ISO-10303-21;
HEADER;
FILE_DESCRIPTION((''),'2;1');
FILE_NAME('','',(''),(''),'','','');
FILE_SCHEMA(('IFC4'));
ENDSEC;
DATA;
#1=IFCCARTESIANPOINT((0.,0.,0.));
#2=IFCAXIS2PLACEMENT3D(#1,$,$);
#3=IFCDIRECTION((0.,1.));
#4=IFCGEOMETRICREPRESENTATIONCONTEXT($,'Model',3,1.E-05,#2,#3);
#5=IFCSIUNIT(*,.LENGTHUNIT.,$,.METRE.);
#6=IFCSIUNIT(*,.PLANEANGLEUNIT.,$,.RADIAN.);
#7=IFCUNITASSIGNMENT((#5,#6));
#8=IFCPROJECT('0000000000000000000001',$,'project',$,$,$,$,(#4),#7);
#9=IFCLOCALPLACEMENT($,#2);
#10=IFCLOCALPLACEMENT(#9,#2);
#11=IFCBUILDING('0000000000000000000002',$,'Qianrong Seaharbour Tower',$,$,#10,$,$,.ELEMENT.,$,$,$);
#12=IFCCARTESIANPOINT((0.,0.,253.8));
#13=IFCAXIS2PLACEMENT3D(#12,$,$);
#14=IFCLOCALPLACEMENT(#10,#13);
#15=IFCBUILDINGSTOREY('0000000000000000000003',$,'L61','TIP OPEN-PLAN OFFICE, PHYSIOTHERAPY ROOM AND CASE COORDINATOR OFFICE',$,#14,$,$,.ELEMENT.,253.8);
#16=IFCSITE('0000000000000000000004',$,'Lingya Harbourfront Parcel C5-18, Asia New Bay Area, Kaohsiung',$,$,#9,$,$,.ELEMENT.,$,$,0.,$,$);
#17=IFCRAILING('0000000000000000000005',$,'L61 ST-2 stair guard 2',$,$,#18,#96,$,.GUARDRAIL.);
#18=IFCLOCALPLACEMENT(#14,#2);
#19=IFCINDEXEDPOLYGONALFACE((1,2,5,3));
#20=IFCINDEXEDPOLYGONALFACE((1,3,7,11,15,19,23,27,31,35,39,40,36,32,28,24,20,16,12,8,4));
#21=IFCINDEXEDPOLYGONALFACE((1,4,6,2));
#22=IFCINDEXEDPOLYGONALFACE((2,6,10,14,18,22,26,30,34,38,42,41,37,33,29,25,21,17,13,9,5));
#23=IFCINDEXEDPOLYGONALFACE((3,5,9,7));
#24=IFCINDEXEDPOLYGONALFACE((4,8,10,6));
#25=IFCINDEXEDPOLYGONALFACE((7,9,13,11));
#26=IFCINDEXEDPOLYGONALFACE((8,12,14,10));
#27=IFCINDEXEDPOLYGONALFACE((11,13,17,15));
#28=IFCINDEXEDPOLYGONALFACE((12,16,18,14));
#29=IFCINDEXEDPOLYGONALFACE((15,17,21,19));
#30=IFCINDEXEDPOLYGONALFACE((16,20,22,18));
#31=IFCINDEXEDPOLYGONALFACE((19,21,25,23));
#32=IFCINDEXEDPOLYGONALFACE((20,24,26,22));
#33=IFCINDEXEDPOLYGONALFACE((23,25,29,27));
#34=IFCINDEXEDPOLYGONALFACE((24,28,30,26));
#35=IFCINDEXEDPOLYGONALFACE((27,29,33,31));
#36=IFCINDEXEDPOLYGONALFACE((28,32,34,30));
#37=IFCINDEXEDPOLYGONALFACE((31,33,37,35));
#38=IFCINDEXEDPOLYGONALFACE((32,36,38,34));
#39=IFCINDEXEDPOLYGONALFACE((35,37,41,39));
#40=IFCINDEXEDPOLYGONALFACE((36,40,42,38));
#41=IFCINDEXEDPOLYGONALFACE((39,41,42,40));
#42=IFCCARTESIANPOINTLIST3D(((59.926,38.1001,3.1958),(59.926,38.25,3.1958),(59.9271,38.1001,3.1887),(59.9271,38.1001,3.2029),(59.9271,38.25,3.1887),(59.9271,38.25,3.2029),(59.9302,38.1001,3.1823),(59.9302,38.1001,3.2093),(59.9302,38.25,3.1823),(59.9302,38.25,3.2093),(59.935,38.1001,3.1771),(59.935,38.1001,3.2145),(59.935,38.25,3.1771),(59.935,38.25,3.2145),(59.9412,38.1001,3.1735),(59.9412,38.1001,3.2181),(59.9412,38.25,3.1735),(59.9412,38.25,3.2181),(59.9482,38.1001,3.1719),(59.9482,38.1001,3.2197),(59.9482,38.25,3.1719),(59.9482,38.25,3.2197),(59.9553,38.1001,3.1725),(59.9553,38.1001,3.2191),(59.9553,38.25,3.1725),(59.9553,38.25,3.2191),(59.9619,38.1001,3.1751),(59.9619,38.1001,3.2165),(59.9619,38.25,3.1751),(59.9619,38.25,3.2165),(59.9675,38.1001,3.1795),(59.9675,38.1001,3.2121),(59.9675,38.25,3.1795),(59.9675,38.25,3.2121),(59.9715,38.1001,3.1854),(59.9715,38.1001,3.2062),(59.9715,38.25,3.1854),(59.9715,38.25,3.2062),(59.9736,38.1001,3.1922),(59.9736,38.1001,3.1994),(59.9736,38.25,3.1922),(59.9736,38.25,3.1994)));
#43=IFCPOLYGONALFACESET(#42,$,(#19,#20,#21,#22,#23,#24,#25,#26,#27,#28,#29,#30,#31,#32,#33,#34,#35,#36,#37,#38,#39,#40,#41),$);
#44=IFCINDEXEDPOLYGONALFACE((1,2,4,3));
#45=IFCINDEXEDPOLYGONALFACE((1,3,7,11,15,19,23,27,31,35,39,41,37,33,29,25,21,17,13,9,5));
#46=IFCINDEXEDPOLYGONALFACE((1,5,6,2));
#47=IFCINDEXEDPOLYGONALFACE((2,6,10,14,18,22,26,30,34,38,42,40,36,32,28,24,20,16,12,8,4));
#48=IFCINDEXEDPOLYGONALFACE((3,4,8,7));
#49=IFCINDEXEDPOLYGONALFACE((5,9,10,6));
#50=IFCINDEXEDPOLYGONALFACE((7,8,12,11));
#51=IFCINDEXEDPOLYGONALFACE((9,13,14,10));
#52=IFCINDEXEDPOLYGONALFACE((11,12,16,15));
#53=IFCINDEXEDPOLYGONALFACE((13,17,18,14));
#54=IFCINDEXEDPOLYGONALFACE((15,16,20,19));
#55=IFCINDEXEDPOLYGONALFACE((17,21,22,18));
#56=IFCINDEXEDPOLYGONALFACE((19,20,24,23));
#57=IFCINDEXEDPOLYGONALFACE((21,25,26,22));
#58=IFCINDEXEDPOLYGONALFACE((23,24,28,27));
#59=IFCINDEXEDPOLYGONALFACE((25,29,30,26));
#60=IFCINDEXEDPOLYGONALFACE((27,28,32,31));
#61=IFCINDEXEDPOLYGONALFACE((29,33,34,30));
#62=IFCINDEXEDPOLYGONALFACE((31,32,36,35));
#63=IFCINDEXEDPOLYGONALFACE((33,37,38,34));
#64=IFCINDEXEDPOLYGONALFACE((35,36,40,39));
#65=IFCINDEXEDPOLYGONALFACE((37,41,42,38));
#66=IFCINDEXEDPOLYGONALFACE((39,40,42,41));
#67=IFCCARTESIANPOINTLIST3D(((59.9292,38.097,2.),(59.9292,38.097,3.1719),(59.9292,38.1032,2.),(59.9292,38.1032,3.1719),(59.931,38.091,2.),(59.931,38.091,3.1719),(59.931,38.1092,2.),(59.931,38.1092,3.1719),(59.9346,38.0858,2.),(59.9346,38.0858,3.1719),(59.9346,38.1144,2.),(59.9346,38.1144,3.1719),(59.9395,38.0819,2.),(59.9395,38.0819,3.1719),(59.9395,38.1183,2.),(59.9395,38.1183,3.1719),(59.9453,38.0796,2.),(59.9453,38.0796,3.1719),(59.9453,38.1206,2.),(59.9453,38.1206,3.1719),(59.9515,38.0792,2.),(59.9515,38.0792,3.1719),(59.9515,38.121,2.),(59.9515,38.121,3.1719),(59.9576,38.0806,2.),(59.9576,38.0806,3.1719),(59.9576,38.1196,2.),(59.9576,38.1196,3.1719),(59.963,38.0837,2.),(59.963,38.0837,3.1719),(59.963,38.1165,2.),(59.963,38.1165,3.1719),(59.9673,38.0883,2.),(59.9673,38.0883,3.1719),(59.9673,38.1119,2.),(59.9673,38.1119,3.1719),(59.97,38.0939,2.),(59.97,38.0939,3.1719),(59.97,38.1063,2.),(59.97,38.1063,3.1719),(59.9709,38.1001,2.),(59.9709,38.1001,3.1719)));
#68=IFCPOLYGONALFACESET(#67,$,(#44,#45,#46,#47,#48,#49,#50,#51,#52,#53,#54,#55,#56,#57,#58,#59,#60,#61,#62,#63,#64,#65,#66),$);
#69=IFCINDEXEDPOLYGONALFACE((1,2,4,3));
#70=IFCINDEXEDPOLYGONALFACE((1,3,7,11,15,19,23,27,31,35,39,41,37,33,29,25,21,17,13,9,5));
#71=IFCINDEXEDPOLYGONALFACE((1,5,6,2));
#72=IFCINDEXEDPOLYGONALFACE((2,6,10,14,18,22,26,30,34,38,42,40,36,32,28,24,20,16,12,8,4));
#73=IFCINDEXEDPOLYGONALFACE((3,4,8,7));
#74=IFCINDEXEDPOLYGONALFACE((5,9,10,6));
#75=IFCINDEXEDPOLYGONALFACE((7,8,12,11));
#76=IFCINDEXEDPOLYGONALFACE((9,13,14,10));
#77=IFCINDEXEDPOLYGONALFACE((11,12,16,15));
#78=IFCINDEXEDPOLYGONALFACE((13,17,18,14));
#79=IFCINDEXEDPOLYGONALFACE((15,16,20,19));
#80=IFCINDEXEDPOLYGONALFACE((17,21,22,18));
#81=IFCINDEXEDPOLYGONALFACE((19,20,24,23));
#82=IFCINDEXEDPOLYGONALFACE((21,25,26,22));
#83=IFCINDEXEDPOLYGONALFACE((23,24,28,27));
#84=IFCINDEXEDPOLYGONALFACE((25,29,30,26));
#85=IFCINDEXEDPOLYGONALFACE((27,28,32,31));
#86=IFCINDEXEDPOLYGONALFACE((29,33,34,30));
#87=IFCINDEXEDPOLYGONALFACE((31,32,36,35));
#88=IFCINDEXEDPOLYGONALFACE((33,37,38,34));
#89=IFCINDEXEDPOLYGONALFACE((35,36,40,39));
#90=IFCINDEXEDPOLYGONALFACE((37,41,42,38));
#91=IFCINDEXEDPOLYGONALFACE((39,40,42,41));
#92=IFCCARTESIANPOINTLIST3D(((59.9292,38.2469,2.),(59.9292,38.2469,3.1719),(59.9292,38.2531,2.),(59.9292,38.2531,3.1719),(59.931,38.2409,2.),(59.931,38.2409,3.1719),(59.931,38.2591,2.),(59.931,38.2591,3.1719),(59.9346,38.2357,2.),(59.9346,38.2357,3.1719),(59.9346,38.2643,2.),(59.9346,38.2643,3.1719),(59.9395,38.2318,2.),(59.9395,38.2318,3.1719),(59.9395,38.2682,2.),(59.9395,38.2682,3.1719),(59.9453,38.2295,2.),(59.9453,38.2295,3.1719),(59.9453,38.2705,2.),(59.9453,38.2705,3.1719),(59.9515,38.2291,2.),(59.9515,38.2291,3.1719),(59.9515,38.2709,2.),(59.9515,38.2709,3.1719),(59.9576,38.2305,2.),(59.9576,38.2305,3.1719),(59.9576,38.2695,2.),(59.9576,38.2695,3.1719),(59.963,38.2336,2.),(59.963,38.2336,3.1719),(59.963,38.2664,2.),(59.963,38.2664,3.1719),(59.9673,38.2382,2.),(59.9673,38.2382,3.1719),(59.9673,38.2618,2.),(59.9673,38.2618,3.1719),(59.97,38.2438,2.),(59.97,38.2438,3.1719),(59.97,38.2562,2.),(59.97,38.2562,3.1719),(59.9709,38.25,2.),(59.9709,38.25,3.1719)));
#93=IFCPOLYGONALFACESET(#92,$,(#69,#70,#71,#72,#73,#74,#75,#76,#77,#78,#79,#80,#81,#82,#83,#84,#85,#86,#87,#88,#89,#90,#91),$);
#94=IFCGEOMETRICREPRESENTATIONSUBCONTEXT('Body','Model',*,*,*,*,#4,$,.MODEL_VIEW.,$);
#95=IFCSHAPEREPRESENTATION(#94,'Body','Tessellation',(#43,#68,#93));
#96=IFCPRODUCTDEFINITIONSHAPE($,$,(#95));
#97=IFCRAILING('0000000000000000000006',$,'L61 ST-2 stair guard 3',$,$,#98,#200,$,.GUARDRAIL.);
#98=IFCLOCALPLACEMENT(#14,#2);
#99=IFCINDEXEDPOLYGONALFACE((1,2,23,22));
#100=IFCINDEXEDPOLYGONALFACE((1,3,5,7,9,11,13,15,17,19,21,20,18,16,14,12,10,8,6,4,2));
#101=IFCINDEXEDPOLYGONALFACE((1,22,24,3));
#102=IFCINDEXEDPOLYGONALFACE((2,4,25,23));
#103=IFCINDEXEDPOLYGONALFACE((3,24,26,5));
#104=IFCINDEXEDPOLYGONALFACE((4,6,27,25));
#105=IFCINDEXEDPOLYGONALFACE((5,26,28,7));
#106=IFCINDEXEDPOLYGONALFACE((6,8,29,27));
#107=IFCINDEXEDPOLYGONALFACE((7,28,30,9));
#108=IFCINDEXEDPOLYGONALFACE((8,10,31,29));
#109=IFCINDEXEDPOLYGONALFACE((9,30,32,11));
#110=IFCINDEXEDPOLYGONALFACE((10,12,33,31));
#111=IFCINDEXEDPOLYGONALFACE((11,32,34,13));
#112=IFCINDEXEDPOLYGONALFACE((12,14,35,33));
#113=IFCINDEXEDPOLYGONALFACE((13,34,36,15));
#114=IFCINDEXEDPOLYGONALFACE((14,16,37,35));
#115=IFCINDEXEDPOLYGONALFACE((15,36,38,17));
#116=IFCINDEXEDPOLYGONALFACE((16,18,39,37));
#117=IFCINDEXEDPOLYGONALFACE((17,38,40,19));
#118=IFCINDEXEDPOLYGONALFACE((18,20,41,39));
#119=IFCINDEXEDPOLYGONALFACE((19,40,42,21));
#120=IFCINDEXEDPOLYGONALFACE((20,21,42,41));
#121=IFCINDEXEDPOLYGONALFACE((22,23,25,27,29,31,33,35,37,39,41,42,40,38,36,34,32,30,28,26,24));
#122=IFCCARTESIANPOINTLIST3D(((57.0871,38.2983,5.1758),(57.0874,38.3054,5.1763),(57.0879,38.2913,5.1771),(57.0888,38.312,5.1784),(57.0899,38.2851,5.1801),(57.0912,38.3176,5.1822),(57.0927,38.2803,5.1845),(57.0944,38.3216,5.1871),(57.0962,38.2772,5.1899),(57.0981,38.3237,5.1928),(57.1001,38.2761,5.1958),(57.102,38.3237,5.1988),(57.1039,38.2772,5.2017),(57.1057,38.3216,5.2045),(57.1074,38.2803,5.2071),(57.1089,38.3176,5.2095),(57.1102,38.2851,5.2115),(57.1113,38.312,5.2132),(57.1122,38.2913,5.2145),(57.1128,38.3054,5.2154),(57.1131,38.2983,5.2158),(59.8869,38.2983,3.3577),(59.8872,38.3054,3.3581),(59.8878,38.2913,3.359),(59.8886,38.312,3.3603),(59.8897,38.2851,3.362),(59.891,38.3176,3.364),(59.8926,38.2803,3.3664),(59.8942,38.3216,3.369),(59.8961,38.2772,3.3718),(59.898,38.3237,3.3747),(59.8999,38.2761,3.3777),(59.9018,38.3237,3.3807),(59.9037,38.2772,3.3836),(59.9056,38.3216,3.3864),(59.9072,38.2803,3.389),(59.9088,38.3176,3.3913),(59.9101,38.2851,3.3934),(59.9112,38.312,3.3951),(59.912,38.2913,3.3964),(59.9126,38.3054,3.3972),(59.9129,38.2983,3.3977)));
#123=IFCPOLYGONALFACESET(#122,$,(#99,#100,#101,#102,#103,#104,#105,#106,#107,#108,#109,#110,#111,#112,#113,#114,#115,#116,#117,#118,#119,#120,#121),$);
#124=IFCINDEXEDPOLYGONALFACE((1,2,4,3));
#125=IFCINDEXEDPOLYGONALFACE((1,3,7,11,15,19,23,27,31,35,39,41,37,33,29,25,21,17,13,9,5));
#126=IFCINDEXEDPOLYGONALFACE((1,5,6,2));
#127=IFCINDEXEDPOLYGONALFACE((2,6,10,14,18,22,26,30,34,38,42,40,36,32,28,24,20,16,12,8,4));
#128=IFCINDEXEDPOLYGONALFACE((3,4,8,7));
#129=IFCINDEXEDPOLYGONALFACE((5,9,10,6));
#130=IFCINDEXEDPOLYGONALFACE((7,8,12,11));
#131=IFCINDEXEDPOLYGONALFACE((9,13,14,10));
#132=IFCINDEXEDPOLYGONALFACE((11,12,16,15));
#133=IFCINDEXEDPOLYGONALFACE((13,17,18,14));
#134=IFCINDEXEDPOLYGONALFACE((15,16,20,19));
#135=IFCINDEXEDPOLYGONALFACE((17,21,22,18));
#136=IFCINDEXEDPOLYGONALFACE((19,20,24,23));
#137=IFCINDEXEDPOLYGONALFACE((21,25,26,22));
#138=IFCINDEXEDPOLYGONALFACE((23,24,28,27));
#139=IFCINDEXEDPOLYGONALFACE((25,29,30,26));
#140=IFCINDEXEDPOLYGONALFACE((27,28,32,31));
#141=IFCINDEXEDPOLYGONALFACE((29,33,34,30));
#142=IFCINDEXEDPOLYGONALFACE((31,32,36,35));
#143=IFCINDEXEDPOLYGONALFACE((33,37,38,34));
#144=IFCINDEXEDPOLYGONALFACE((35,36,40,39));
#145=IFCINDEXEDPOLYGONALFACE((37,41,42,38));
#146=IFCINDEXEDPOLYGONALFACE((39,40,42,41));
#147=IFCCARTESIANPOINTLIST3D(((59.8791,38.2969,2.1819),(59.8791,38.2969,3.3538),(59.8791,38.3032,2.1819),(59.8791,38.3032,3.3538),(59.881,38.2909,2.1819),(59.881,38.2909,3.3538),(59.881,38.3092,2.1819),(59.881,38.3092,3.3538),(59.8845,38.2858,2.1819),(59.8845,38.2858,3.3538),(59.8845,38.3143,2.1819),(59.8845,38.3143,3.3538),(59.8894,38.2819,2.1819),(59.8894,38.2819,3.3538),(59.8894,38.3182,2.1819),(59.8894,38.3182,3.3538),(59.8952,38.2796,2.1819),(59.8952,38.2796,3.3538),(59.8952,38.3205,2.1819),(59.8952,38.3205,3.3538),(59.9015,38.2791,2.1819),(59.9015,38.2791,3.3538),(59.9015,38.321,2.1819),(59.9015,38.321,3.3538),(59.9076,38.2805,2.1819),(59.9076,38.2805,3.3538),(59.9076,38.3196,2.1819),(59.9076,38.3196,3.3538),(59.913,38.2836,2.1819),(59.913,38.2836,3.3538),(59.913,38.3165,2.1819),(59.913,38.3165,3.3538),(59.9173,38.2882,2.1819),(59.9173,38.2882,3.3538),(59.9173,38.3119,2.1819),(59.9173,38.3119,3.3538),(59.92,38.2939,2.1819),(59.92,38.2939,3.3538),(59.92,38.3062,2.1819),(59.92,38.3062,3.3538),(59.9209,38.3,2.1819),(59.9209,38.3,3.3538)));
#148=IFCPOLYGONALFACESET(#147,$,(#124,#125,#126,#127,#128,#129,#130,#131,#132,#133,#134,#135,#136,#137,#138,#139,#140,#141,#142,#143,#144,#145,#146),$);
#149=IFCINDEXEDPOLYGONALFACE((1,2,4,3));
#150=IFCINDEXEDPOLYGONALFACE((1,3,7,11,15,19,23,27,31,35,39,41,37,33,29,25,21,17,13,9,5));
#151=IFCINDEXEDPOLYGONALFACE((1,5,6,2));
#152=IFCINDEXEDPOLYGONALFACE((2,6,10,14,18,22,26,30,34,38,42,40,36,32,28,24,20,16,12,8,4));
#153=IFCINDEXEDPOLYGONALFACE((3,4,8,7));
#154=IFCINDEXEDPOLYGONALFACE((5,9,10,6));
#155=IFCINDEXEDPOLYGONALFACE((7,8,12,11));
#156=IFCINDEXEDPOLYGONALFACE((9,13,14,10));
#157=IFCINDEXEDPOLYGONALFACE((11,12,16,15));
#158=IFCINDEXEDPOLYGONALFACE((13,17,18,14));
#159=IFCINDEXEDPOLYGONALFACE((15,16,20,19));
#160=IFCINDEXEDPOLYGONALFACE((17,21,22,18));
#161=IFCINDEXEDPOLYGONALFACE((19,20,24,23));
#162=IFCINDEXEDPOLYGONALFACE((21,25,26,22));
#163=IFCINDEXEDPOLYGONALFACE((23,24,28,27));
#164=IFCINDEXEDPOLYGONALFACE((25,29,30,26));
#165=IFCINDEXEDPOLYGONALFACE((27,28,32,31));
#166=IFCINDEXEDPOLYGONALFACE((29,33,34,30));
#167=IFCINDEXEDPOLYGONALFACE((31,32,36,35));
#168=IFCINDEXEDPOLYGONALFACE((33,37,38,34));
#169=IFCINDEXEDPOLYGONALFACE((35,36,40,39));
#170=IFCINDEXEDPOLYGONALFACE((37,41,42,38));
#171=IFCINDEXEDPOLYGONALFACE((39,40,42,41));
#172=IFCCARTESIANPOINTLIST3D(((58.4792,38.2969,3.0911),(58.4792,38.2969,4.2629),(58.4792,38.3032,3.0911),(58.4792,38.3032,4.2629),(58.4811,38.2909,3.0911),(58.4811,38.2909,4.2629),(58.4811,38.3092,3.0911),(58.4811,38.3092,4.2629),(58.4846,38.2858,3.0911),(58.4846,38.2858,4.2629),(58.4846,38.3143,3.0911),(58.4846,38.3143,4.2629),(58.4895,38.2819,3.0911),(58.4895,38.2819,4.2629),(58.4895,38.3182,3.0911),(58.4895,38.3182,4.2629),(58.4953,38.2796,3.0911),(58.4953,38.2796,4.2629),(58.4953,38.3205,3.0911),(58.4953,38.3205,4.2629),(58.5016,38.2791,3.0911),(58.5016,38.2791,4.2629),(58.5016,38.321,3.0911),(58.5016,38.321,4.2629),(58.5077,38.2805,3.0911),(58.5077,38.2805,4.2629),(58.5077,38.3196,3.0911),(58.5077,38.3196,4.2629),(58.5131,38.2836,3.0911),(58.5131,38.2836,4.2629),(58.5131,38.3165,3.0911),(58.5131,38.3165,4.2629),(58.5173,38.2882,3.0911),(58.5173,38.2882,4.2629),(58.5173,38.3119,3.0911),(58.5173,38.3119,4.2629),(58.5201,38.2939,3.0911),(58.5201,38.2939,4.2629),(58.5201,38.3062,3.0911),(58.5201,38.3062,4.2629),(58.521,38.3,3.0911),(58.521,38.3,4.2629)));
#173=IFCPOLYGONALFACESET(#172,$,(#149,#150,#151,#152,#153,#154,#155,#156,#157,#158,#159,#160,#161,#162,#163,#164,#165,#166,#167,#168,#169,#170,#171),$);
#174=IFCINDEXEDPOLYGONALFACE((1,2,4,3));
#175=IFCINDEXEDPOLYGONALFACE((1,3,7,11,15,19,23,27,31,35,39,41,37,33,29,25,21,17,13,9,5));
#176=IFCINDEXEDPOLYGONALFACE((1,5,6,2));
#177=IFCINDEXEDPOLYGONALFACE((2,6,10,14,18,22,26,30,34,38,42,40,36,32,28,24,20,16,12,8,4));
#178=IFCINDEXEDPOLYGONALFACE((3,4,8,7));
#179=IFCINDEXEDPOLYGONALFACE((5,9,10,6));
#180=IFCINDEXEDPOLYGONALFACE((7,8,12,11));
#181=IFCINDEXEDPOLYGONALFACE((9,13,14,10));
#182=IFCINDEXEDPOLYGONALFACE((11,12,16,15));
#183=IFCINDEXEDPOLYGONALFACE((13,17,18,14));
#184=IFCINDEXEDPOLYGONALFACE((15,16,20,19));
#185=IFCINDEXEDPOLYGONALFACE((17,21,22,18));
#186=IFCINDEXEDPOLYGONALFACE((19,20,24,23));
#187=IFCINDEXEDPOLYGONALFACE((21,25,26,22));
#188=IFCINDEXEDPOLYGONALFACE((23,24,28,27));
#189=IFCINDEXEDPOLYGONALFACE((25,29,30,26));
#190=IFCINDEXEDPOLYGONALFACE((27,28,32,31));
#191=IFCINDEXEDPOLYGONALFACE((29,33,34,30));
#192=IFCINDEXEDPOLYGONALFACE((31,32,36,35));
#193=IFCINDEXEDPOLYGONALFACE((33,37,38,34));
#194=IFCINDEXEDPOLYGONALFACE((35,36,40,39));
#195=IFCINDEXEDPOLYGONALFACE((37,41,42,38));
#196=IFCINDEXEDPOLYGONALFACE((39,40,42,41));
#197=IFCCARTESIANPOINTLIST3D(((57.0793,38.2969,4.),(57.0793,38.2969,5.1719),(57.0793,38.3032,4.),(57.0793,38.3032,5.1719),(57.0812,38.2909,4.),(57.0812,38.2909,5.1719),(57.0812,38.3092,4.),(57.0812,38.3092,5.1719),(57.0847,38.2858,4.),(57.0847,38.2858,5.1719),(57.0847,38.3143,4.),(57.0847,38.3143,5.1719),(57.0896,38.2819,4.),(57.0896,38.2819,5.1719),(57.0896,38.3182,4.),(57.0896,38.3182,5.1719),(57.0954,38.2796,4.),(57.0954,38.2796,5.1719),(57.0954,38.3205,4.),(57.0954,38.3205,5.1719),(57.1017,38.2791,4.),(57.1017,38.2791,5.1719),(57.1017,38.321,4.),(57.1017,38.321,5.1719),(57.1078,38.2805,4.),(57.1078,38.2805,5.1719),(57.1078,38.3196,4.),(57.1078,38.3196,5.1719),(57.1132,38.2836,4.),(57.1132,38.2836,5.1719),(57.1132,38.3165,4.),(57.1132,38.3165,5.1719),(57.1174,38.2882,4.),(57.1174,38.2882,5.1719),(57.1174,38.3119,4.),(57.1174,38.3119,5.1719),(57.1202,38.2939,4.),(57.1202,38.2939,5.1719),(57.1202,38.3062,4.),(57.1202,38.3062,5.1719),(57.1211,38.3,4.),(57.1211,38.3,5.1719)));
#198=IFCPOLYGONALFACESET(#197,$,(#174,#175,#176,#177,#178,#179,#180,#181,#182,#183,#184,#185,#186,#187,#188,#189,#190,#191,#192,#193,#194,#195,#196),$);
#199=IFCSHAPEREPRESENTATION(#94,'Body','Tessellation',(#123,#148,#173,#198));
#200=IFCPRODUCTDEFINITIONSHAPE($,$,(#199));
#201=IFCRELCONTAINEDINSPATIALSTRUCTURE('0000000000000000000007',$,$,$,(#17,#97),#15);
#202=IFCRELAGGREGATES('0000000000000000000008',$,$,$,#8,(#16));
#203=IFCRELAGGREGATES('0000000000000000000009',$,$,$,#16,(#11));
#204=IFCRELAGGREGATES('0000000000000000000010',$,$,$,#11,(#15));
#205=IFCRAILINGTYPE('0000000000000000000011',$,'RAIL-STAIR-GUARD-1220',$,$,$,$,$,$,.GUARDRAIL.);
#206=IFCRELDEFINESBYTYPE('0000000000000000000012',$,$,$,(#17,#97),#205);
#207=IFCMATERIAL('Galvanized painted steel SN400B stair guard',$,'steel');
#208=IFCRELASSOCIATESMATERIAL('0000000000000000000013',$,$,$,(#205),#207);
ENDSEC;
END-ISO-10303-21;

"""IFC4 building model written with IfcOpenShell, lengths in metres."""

from ifc_helpers import new_model, si_unit, direction, frame, origin, origin_2d, place, context, subcontext, project, spatial, circle, extrude, material, type_object, element, save


model = new_model("IFC4")

# Units and contexts
model_context = context("Model", 3, precision=1e-05, world=origin(), true_north=direction((0.0, 1.0)))
body_context = subcontext(model_context, "Body", "Model", "MODEL_VIEW")
ifc_project = project(units=[si_unit("LENGTHUNIT", "METRE"), si_unit("PLANEANGLEUNIT", "RADIAN")], contexts=[model_context])

# Site, building, storey
site_placement = place(None, origin())
site = spatial("IfcSite", under=ifc_project, at=site_placement, Name="Lingya Harbourfront Parcel C5-18, Asia New Bay Area, Kaohsiung", CompositionType="ELEMENT", RefElevation=0.0)
building_placement = place(site_placement, origin())
building = spatial("IfcBuilding", under=site, at=building_placement, Name="Qianrong Seaharbour Tower", CompositionType="ELEMENT")
storey_placement = place(building_placement, frame((0.0, 0.0, 253.8)))
storey = spatial("IfcBuildingStorey", under=building, at=storey_placement, Name="L61", Description="TIP OPEN-PLAN OFFICE, PHYSIOTHERAPY ROOM AND CASE COORDINATOR OFFICE", CompositionType="ELEMENT", Elevation=253.8)

# Railings
ifc_material_1 = material(Name="Galvanized painted steel SN400B stair guard", Category="steel")
railing_type_1 = type_object("IfcRailingType", Name="RAIL-STAIR-GUARD-1220", PredefinedType="GUARDRAIL", material=ifc_material_1)
railing_1_placement = place(storey_placement, frame((59.95, 38.1001, 2.0)))
element("IfcRailing", 1, at=railing_1_placement, inside=storey, type_object=railing_type_1, Name="L61 ST-2 stair guard 2", PredefinedType="GUARDRAIL", context=body_context, shape_type="SweptSolid", body=[
    extrude(circle(Radius=0.0239, at=origin_2d()), frame((0.0, 0.0, 1.1958), z_axis=(0.0, 1.0, 0.0), x_axis=(-1.0, 0.0, 0.0)), (0.0, 0.0, 1.0), 0.1499),
    extrude(circle(Radius=0.021, at=origin_2d()), origin(), (0.0, 0.0, 1.0), 1.1719),
    extrude(circle(Radius=0.021, at=origin_2d()), frame((0.0, 0.1499, 0.0)), (0.0, 0.0, 1.0), 1.1719),
])
railing_2_placement = place(storey_placement, frame((59.8999, 38.3, 2.1819)))
element("IfcRailing", 2, at=railing_2_placement, inside=storey, type_object=railing_type_1, Name="L61 ST-2 stair guard 3", PredefinedType="GUARDRAIL", context=body_context, shape_type="SweptSolid", body=[
    extrude(circle(Radius=0.0239, at=origin_2d()), frame((0.0, 0.0, 1.1958), z_axis=(-0.838684, 0.0, 0.544618), x_axis=(0.0, -1.0, 0.0)), (0.0, 0.0, 1.0), 3.3384),
    extrude(circle(Radius=0.021, at=origin_2d()), origin(), (0.0, 0.0, 1.0), 1.1719),
    extrude(circle(Radius=0.021, at=origin_2d()), frame((-1.3999, 0.0, 0.9092)), (0.0, 0.0, 1.0), 1.1719),
    extrude(circle(Radius=0.021, at=origin_2d()), frame((-2.7998, 0.0, 1.8181)), (0.0, 0.0, 1.0), 1.1719),
])

save(model, "model.ifc")
